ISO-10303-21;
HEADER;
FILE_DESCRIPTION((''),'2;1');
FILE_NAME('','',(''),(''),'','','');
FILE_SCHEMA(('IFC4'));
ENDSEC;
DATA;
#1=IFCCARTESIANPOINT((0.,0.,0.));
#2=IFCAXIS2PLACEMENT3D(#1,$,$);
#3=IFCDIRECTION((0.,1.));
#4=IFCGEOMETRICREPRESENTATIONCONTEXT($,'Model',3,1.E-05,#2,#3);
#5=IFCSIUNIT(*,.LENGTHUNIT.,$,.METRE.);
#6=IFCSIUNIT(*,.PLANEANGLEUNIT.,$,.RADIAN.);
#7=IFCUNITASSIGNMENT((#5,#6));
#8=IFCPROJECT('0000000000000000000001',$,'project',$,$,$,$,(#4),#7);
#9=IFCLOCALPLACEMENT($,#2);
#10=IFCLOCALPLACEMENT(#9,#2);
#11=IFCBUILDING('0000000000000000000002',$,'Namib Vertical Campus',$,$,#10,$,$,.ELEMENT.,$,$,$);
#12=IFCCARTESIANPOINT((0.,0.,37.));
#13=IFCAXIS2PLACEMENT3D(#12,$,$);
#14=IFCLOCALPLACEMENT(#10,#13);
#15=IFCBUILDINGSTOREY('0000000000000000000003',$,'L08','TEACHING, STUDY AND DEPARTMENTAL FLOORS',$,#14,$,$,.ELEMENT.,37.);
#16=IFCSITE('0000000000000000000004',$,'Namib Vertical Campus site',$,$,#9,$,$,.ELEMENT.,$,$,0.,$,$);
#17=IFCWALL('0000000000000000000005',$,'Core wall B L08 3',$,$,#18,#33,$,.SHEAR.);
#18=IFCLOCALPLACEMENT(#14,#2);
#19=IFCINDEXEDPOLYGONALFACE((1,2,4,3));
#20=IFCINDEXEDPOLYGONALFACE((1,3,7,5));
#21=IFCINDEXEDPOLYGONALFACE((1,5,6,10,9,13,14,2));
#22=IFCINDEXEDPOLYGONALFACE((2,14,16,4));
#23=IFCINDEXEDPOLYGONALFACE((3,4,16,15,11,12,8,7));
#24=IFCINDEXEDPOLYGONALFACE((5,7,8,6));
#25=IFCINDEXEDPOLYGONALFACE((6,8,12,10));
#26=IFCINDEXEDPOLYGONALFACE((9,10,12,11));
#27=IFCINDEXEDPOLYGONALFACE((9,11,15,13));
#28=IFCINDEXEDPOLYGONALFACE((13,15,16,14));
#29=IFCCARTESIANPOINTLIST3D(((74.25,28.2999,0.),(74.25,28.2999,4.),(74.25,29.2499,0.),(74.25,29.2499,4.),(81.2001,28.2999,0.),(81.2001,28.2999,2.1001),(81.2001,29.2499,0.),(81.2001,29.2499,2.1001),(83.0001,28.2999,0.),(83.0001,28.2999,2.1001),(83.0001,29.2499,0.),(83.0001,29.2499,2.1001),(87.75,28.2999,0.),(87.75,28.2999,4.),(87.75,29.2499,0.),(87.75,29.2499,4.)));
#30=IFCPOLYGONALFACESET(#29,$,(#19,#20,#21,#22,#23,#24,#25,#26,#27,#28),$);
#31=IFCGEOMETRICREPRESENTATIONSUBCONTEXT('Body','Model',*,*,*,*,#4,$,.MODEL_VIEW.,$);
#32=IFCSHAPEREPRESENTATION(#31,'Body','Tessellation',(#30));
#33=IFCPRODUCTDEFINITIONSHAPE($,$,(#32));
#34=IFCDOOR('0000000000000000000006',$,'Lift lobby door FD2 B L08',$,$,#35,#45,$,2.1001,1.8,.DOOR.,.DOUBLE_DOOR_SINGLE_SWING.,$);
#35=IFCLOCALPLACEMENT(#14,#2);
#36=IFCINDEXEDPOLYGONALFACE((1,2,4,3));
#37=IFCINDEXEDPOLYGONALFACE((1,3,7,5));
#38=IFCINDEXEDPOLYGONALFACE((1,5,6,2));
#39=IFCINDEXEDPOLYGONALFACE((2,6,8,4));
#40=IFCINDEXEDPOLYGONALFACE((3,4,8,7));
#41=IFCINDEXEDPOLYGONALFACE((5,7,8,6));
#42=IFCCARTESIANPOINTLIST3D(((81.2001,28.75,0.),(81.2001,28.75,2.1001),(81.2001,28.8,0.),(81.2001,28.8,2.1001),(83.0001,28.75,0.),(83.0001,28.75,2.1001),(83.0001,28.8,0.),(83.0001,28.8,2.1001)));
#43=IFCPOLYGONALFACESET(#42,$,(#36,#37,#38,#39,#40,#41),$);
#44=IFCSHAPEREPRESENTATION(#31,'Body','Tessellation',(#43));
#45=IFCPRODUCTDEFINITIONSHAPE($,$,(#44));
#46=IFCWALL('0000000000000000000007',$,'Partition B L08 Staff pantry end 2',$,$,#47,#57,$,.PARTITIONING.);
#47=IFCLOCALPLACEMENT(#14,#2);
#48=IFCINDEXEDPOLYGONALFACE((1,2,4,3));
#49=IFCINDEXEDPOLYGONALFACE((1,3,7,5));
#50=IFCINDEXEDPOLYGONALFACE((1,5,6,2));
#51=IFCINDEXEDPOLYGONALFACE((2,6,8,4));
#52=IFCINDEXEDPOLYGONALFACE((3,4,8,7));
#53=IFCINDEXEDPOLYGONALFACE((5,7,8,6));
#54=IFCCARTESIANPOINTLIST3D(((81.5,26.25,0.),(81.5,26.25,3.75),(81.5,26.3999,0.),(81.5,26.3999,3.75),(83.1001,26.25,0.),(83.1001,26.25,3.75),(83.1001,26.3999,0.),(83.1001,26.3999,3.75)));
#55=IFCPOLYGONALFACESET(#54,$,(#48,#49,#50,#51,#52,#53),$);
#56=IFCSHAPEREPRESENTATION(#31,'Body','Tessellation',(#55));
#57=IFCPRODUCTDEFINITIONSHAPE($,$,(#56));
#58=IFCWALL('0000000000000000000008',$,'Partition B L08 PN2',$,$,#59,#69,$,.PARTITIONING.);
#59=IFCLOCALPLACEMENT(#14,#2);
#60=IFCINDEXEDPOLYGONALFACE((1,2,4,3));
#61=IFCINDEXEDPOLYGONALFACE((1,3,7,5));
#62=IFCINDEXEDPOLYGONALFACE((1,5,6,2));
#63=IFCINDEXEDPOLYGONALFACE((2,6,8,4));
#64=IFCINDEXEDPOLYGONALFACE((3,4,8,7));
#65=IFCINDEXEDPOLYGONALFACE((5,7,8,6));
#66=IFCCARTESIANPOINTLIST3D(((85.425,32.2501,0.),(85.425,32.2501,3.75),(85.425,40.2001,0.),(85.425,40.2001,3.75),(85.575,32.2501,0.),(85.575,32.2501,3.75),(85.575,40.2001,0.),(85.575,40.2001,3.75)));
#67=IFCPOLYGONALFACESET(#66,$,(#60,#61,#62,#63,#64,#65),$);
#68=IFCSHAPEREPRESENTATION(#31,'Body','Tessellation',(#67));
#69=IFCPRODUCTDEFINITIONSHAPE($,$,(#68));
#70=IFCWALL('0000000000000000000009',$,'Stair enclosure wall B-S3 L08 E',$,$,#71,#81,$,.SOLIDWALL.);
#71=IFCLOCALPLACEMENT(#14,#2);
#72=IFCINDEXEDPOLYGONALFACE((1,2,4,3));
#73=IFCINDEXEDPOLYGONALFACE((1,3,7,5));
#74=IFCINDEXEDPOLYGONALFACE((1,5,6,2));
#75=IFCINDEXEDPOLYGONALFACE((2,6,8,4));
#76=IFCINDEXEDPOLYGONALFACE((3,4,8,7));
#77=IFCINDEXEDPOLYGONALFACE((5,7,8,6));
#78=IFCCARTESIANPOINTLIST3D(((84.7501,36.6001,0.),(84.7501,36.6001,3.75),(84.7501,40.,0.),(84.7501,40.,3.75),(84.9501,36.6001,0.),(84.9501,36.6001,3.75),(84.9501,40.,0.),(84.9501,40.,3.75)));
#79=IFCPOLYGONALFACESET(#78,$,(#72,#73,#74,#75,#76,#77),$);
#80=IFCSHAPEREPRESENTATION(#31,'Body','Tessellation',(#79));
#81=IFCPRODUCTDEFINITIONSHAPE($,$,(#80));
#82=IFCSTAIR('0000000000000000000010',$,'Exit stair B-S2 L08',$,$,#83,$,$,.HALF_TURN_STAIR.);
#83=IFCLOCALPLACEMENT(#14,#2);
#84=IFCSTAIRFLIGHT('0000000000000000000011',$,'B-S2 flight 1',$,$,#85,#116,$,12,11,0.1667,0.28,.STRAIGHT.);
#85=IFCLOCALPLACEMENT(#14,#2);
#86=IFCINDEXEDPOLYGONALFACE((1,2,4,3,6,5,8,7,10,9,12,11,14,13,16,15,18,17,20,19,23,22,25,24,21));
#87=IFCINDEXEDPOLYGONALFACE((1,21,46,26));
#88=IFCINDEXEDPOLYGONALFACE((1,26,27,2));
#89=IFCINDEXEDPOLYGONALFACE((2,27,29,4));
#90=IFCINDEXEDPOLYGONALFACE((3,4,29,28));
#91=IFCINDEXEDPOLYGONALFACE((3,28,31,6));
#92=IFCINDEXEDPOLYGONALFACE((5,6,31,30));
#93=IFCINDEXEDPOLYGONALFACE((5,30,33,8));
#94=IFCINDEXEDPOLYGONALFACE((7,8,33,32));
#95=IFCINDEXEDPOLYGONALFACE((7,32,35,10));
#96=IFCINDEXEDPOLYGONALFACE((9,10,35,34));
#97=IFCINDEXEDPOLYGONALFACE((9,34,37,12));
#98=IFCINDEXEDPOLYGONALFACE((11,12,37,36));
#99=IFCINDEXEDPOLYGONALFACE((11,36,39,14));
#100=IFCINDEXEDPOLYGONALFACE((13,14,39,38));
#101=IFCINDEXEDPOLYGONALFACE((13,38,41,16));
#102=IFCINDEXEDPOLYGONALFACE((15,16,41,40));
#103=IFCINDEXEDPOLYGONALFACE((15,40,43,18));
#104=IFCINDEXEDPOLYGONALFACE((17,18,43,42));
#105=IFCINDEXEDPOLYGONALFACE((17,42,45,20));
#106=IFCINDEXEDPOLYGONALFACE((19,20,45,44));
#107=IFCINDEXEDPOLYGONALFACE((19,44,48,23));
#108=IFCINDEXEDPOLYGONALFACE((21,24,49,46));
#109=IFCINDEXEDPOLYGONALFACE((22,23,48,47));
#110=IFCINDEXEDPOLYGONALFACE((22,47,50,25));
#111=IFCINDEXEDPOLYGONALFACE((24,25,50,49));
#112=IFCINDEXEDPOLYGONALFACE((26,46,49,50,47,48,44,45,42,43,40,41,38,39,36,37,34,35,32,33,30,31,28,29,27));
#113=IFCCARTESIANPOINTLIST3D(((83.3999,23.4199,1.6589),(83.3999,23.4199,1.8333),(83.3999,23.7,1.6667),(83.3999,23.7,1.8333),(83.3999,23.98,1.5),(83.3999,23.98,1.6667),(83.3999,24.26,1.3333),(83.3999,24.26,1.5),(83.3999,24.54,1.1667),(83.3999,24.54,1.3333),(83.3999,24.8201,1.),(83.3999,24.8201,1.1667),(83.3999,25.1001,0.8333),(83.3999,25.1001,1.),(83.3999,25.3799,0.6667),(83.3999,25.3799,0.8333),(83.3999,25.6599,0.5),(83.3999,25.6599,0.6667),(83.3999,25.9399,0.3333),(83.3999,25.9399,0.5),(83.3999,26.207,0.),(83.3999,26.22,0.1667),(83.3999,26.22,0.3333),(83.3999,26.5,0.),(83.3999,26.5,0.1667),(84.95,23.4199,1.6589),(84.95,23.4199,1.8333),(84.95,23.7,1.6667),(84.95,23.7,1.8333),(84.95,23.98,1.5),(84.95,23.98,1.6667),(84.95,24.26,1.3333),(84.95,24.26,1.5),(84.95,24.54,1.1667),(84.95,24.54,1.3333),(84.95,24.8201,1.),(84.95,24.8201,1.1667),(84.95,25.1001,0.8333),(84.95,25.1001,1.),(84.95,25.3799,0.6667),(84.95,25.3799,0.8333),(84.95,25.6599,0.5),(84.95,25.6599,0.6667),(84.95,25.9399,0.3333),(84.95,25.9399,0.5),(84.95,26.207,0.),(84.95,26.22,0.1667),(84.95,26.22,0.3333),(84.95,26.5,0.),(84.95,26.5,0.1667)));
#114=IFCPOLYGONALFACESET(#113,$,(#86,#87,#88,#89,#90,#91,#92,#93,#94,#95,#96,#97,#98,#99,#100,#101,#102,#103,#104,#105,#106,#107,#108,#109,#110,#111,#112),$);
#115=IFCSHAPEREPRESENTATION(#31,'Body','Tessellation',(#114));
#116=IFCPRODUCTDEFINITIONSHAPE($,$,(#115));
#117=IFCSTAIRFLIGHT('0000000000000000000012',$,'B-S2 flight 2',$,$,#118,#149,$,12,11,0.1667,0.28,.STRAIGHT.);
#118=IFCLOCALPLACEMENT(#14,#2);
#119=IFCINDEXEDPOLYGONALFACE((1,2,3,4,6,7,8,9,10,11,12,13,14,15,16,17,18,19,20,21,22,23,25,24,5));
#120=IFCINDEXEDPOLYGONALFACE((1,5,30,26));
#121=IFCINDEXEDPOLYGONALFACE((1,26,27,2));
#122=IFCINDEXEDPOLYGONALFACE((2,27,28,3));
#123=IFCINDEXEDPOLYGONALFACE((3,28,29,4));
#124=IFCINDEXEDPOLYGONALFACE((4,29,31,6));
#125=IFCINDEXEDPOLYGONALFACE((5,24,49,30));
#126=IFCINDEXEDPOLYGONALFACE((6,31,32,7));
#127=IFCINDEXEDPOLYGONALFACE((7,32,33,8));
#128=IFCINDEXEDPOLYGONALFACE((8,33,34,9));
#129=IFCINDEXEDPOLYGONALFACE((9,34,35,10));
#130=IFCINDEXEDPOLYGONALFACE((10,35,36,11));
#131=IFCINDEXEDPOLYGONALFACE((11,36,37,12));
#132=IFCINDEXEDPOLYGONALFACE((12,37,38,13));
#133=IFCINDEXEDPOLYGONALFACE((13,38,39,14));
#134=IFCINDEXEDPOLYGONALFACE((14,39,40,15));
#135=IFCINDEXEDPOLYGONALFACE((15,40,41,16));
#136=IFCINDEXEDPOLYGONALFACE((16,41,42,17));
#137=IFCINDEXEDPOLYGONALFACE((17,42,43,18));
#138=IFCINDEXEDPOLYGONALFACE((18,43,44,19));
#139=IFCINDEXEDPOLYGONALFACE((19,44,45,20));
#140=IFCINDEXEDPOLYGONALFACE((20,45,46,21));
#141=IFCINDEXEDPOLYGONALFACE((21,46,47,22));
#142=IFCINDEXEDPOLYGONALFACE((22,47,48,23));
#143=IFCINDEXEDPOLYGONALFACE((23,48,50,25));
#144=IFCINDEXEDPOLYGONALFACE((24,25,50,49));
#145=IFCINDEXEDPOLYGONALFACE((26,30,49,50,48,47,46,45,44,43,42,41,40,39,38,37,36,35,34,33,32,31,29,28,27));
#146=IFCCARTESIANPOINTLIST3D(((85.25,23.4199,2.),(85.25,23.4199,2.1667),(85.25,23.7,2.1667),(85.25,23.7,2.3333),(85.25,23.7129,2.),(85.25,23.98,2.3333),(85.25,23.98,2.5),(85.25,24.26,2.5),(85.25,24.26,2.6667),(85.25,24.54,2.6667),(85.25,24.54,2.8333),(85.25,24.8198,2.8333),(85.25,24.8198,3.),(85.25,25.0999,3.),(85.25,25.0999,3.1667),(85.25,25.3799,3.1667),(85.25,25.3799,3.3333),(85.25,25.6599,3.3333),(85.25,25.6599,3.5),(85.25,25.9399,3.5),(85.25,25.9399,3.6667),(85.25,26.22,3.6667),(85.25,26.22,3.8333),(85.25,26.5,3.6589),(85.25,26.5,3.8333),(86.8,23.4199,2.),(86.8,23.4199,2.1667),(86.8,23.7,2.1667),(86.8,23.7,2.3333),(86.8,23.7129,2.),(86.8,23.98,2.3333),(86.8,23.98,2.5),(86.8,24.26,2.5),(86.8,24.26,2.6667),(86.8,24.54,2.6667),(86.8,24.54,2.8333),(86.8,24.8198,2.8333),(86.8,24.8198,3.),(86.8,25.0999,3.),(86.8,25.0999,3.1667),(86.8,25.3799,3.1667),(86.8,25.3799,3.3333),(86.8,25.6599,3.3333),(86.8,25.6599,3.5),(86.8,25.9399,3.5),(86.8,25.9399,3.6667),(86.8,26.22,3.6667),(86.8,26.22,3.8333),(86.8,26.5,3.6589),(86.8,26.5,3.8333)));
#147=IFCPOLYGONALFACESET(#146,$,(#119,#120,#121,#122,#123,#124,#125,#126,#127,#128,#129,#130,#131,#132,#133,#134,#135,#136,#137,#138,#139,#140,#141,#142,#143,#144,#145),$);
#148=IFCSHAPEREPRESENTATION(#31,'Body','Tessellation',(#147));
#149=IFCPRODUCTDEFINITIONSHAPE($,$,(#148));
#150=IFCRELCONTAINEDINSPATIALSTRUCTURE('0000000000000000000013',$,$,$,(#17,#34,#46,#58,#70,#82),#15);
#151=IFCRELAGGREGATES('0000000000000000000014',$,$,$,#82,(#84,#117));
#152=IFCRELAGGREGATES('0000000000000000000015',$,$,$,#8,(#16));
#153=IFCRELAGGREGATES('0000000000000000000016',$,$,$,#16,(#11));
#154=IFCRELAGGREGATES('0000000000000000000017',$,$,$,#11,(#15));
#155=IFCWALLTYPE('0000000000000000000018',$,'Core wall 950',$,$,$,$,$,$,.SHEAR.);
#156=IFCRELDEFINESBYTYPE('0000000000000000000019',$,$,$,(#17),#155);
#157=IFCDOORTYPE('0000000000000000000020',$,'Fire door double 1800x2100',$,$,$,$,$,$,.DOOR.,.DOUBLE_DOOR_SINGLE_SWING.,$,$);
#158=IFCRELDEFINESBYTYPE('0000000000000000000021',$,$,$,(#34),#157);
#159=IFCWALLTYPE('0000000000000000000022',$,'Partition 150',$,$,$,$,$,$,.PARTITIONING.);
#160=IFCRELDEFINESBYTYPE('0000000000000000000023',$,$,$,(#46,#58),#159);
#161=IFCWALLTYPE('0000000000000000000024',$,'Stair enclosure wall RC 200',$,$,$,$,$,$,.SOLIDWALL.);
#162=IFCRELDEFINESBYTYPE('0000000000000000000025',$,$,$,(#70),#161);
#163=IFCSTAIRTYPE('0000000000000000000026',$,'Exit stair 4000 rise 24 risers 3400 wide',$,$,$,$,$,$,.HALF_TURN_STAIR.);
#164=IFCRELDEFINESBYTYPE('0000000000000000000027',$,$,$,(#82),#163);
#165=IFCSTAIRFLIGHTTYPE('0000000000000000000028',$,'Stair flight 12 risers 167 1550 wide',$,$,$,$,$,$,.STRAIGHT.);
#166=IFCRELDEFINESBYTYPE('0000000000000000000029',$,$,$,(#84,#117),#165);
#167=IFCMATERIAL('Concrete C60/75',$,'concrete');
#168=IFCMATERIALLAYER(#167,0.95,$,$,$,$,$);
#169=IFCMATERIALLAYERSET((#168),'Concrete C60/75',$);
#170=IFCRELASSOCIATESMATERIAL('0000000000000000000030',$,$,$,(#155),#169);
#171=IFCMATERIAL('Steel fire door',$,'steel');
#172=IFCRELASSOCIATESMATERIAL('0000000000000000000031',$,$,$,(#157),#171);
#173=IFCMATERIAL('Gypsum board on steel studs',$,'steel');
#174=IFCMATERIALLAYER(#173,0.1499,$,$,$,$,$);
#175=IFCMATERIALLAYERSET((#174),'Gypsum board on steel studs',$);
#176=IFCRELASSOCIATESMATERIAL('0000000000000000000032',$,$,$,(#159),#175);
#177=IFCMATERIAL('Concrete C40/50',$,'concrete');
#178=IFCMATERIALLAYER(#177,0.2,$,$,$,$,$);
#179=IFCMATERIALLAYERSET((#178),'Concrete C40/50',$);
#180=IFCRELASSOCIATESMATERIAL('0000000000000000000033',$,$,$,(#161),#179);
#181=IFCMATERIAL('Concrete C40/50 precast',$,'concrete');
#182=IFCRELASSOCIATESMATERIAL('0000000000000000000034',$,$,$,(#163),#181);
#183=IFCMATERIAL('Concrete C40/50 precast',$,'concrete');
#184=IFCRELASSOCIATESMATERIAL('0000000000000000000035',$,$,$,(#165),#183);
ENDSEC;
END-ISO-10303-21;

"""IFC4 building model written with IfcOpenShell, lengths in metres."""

from ifc_helpers import new_model, si_unit, direction, frame, frame_2d, origin, place, context, subcontext, project, spatial, polyline, rectangle, outline, extrude, material, layer, layer_set, type_object, element, fill, aggregate, save


model = new_model("IFC4")

# Units and contexts
model_context = context("Model", 3, precision=1e-05, world=origin(), true_north=direction((0.0, 1.0)))
body_context = subcontext(model_context, "Body", "Model", "MODEL_VIEW")
ifc_project = project(units=[si_unit("LENGTHUNIT", "METRE"), si_unit("PLANEANGLEUNIT", "RADIAN")], contexts=[model_context])

# Site, building, storey
site_placement = place(None, origin())
site = spatial("IfcSite", under=ifc_project, at=site_placement, Name="Namib Vertical Campus site", CompositionType="ELEMENT", RefElevation=0.0)
building_placement = place(site_placement, origin())
building = spatial("IfcBuilding", under=site, at=building_placement, Name="Namib Vertical Campus", CompositionType="ELEMENT")
storey_placement = place(building_placement, frame((0.0, 0.0, 37.0)))
storey = spatial("IfcBuildingStorey", under=building, at=storey_placement, Name="L08", Description="TEACHING, STUDY AND DEPARTMENTAL FLOORS", CompositionType="ELEMENT", Elevation=37.0)

# Wall, opening, door
ifc_material_1 = material(Name="Concrete C60/75", Category="concrete")
ifc_layer_1 = layer(ifc_material_1, 0.95)
ifc_layer_set_1 = layer_set([ifc_layer_1], Name="Concrete C60/75")
wall_type_1 = type_object("IfcWallType", Name="Core wall 950", PredefinedType="SHEAR", material=ifc_layer_set_1)
wall_1_placement = place(storey_placement, frame((87.75, 28.7749, 0.0), z_axis=(0.0, 0.0, 1.0), x_axis=(-1.0, 0.0, 0.0)))
wall_1 = element("IfcWall", 1, at=wall_1_placement, inside=storey, type_object=wall_type_1, Name="Core wall B L08 3", PredefinedType="SHEAR", context=body_context, shape_type="SweptSolid", body=[
    extrude(rectangle(XDim=13.5, YDim=0.95, at=frame_2d((6.75, 0.0))), origin(), (0.0, 0.0, 1.0), 4.0),
])
opening_placement = place(wall_1_placement, frame((4.75, 0.0, 0.0)))
opening = element("IfcOpeningElement", 2, at=opening_placement, cuts=wall_1, PredefinedType="OPENING", context=body_context, shape_type="SweptSolid", body=[
    extrude(rectangle(XDim=1.8, YDim=2.1001, at=frame_2d((0.8999, 1.05))), frame((0.0, 0.4849, 0.0), z_axis=(0.0, -1.0, 0.0), x_axis=(1.0, 0.0, 0.0)), (0.0, 0.0, 1.0), 0.97),
])
ifc_material_2 = material(Name="Steel fire door", Category="steel")
door_type = type_object("IfcDoorType", Name="Fire door double 1800x2100", OperationType="DOUBLE_DOOR_SINGLE_SWING", PredefinedType="DOOR", material=ifc_material_2)
door_placement = place(opening_placement, origin())
door = element("IfcDoor", 3, at=door_placement, inside=storey, type_object=door_type, Name="Lift lobby door FD2 B L08", OperationType="DOUBLE_DOOR_SINGLE_SWING", OverallHeight=2.1001, OverallWidth=1.8, PredefinedType="DOOR", context=body_context, shape_type="SweptSolid", body=[
    extrude(rectangle(XDim=1.8, YDim=2.1001, at=frame_2d((0.8999, 1.05))), frame((0.0, 0.0249, 0.0), z_axis=(0.0, -1.0, 0.0), x_axis=(1.0, 0.0, 0.0)), (0.0, 0.0, 1.0), 0.05),
])
fill(opening, door)

# Walls
ifc_material_3 = material(Name="Gypsum board on steel studs", Category="steel")
ifc_layer_2 = layer(ifc_material_3, 0.1499)
ifc_layer_set_2 = layer_set([ifc_layer_2], Name="Gypsum board on steel studs")
wall_type_2 = type_object("IfcWallType", Name="Partition 150", PredefinedType="PARTITIONING", material=ifc_layer_set_2)
wall_2_placement = place(storey_placement, frame((81.5, 26.325, 0.0), z_axis=(0.0, 0.0, 1.0), x_axis=(1.0, 0.0, 0.0)))
element("IfcWall", 4, at=wall_2_placement, inside=storey, type_object=wall_type_2, Name="Partition B L08 Staff pantry end 2", PredefinedType="PARTITIONING", context=body_context, shape_type="SweptSolid", body=[
    extrude(rectangle(XDim=1.6001, YDim=0.1499, at=frame_2d((0.8, 0.0))), origin(), (0.0, 0.0, 1.0), 3.75),
])
wall_3_placement = place(storey_placement, frame((85.5, 32.25, 0.0), z_axis=(0.0, 0.0, 1.0), x_axis=(0.0, 1.0, 0.0)))
element("IfcWall", 5, at=wall_3_placement, inside=storey, type_object=wall_type_2, Name="Partition B L08 PN2", PredefinedType="PARTITIONING", context=body_context, shape_type="SweptSolid", body=[
    extrude(rectangle(XDim=7.95, YDim=0.1499, at=frame_2d((3.9751, 0.0))), origin(), (0.0, 0.0, 1.0), 3.75),
])
ifc_material_4 = material(Name="Concrete C40/50", Category="concrete")
ifc_layer_3 = layer(ifc_material_4, 0.2)
ifc_layer_set_3 = layer_set([ifc_layer_3], Name="Concrete C40/50")
wall_type_3 = type_object("IfcWallType", Name="Stair enclosure wall RC 200", PredefinedType="SOLIDWALL", material=ifc_layer_set_3)
wall_4_placement = place(storey_placement, frame((84.8501, 36.6001, 0.0), z_axis=(0.0, 0.0, 1.0), x_axis=(0.0, 1.0, 0.0)))
element("IfcWall", 6, at=wall_4_placement, inside=storey, type_object=wall_type_3, Name="Stair enclosure wall B-S3 L08 E", PredefinedType="SOLIDWALL", context=body_context, shape_type="SweptSolid", body=[
    extrude(rectangle(XDim=3.3999, YDim=0.2, at=frame_2d((1.7, 0.0))), origin(), (0.0, 0.0, 1.0), 3.75),
])

# Stair, stair flights
ifc_material_5 = material(Name="Concrete C40/50 precast", Category="concrete")
stair_type = type_object("IfcStairType", Name="Exit stair 4000 rise 24 risers 3400 wide", PredefinedType="HALF_TURN_STAIR", material=ifc_material_5)
stair_1_placement = place(storey_placement, origin())
stair_1 = element("IfcStair", 7, at=stair_1_placement, inside=storey, type_object=stair_type, Name="Exit stair B-S2 L08", PredefinedType="HALF_TURN_STAIR")
ifc_material_6 = material(Name="Concrete C40/50 precast", Category="concrete")
stair_flight_type = type_object("IfcStairFlightType", Name="Stair flight 12 risers 167 1550 wide", PredefinedType="STRAIGHT", material=ifc_material_6)
stair_flight_1_placement = place(storey_placement, frame((84.175, 26.5, 0.0), z_axis=(0.0, 0.0, 1.0), x_axis=(0.0, -1.0, 0.0)))
stair_flight_1 = element("IfcStairFlight", 8, at=stair_flight_1_placement, type_object=stair_flight_type, Name="B-S2 flight 1", NumberOfRisers=12, NumberOfTreads=11, PredefinedType="STRAIGHT", RiserHeight=0.1667, TreadLength=0.28, context=body_context, shape_type="SweptSolid", body=[
    extrude(outline(polyline([(0.0, 0.0), (0.0, 0.1667), (0.28, 0.1667), (0.28, 0.3333), (0.5601, 0.3333), (0.5601, 0.5), (0.8401, 0.5), (0.8401, 0.6667), (1.1201, 0.6667), (1.1201, 0.8333), (1.3999, 0.8333), (1.3999, 1.0), (1.6799, 1.0), (1.6799, 1.1667), (1.96, 1.1667), (1.96, 1.3333), (2.24, 1.3333), (2.24, 1.5), (2.52, 1.5), (2.52, 1.6667), (2.8, 1.6667), (2.8, 1.8333), (3.0801, 1.8333), (3.0801, 2.0), (3.0801, 1.6589), (0.293, 0.0), (0.0, 0.0)])), frame((0.0, 0.7749, 0.0), z_axis=(0.0, -1.0, 0.0), x_axis=(1.0, 0.0, 0.0)), (0.0, 0.0, 1.0), 1.55),
])
stair_flight_2_placement = place(storey_placement, frame((86.0249, 23.4199, 2.0), z_axis=(0.0, 0.0, 1.0), x_axis=(0.0, 1.0, 0.0)))
stair_flight_2 = element("IfcStairFlight", 9, at=stair_flight_2_placement, type_object=stair_flight_type, Name="B-S2 flight 2", NumberOfRisers=12, NumberOfTreads=11, PredefinedType="STRAIGHT", RiserHeight=0.1667, TreadLength=0.28, context=body_context, shape_type="SweptSolid", body=[
    extrude(outline(polyline([(0.0, 0.0), (0.0, 0.1667), (0.28, 0.1667), (0.28, 0.3333), (0.5601, 0.3333), (0.5601, 0.5), (0.8401, 0.5), (0.8401, 0.6667), (1.1201, 0.6667), (1.1201, 0.8333), (1.3999, 0.8333), (1.3999, 1.0), (1.6799, 1.0), (1.6799, 1.1667), (1.96, 1.1667), (1.96, 1.3333), (2.24, 1.3333), (2.24, 1.5), (2.52, 1.5), (2.52, 1.6667), (2.8, 1.6667), (2.8, 1.8333), (3.0801, 1.8333), (3.0801, 2.0), (3.0801, 1.6589), (0.293, 0.0), (0.0, 0.0)])), frame((0.0, 0.7749, 0.0), z_axis=(0.0, -1.0, 0.0), x_axis=(1.0, 0.0, 0.0)), (0.0, 0.0, 1.0), 1.55),
])
aggregate(stair_1, [stair_flight_1, stair_flight_2])

save(model, "model.ifc")
